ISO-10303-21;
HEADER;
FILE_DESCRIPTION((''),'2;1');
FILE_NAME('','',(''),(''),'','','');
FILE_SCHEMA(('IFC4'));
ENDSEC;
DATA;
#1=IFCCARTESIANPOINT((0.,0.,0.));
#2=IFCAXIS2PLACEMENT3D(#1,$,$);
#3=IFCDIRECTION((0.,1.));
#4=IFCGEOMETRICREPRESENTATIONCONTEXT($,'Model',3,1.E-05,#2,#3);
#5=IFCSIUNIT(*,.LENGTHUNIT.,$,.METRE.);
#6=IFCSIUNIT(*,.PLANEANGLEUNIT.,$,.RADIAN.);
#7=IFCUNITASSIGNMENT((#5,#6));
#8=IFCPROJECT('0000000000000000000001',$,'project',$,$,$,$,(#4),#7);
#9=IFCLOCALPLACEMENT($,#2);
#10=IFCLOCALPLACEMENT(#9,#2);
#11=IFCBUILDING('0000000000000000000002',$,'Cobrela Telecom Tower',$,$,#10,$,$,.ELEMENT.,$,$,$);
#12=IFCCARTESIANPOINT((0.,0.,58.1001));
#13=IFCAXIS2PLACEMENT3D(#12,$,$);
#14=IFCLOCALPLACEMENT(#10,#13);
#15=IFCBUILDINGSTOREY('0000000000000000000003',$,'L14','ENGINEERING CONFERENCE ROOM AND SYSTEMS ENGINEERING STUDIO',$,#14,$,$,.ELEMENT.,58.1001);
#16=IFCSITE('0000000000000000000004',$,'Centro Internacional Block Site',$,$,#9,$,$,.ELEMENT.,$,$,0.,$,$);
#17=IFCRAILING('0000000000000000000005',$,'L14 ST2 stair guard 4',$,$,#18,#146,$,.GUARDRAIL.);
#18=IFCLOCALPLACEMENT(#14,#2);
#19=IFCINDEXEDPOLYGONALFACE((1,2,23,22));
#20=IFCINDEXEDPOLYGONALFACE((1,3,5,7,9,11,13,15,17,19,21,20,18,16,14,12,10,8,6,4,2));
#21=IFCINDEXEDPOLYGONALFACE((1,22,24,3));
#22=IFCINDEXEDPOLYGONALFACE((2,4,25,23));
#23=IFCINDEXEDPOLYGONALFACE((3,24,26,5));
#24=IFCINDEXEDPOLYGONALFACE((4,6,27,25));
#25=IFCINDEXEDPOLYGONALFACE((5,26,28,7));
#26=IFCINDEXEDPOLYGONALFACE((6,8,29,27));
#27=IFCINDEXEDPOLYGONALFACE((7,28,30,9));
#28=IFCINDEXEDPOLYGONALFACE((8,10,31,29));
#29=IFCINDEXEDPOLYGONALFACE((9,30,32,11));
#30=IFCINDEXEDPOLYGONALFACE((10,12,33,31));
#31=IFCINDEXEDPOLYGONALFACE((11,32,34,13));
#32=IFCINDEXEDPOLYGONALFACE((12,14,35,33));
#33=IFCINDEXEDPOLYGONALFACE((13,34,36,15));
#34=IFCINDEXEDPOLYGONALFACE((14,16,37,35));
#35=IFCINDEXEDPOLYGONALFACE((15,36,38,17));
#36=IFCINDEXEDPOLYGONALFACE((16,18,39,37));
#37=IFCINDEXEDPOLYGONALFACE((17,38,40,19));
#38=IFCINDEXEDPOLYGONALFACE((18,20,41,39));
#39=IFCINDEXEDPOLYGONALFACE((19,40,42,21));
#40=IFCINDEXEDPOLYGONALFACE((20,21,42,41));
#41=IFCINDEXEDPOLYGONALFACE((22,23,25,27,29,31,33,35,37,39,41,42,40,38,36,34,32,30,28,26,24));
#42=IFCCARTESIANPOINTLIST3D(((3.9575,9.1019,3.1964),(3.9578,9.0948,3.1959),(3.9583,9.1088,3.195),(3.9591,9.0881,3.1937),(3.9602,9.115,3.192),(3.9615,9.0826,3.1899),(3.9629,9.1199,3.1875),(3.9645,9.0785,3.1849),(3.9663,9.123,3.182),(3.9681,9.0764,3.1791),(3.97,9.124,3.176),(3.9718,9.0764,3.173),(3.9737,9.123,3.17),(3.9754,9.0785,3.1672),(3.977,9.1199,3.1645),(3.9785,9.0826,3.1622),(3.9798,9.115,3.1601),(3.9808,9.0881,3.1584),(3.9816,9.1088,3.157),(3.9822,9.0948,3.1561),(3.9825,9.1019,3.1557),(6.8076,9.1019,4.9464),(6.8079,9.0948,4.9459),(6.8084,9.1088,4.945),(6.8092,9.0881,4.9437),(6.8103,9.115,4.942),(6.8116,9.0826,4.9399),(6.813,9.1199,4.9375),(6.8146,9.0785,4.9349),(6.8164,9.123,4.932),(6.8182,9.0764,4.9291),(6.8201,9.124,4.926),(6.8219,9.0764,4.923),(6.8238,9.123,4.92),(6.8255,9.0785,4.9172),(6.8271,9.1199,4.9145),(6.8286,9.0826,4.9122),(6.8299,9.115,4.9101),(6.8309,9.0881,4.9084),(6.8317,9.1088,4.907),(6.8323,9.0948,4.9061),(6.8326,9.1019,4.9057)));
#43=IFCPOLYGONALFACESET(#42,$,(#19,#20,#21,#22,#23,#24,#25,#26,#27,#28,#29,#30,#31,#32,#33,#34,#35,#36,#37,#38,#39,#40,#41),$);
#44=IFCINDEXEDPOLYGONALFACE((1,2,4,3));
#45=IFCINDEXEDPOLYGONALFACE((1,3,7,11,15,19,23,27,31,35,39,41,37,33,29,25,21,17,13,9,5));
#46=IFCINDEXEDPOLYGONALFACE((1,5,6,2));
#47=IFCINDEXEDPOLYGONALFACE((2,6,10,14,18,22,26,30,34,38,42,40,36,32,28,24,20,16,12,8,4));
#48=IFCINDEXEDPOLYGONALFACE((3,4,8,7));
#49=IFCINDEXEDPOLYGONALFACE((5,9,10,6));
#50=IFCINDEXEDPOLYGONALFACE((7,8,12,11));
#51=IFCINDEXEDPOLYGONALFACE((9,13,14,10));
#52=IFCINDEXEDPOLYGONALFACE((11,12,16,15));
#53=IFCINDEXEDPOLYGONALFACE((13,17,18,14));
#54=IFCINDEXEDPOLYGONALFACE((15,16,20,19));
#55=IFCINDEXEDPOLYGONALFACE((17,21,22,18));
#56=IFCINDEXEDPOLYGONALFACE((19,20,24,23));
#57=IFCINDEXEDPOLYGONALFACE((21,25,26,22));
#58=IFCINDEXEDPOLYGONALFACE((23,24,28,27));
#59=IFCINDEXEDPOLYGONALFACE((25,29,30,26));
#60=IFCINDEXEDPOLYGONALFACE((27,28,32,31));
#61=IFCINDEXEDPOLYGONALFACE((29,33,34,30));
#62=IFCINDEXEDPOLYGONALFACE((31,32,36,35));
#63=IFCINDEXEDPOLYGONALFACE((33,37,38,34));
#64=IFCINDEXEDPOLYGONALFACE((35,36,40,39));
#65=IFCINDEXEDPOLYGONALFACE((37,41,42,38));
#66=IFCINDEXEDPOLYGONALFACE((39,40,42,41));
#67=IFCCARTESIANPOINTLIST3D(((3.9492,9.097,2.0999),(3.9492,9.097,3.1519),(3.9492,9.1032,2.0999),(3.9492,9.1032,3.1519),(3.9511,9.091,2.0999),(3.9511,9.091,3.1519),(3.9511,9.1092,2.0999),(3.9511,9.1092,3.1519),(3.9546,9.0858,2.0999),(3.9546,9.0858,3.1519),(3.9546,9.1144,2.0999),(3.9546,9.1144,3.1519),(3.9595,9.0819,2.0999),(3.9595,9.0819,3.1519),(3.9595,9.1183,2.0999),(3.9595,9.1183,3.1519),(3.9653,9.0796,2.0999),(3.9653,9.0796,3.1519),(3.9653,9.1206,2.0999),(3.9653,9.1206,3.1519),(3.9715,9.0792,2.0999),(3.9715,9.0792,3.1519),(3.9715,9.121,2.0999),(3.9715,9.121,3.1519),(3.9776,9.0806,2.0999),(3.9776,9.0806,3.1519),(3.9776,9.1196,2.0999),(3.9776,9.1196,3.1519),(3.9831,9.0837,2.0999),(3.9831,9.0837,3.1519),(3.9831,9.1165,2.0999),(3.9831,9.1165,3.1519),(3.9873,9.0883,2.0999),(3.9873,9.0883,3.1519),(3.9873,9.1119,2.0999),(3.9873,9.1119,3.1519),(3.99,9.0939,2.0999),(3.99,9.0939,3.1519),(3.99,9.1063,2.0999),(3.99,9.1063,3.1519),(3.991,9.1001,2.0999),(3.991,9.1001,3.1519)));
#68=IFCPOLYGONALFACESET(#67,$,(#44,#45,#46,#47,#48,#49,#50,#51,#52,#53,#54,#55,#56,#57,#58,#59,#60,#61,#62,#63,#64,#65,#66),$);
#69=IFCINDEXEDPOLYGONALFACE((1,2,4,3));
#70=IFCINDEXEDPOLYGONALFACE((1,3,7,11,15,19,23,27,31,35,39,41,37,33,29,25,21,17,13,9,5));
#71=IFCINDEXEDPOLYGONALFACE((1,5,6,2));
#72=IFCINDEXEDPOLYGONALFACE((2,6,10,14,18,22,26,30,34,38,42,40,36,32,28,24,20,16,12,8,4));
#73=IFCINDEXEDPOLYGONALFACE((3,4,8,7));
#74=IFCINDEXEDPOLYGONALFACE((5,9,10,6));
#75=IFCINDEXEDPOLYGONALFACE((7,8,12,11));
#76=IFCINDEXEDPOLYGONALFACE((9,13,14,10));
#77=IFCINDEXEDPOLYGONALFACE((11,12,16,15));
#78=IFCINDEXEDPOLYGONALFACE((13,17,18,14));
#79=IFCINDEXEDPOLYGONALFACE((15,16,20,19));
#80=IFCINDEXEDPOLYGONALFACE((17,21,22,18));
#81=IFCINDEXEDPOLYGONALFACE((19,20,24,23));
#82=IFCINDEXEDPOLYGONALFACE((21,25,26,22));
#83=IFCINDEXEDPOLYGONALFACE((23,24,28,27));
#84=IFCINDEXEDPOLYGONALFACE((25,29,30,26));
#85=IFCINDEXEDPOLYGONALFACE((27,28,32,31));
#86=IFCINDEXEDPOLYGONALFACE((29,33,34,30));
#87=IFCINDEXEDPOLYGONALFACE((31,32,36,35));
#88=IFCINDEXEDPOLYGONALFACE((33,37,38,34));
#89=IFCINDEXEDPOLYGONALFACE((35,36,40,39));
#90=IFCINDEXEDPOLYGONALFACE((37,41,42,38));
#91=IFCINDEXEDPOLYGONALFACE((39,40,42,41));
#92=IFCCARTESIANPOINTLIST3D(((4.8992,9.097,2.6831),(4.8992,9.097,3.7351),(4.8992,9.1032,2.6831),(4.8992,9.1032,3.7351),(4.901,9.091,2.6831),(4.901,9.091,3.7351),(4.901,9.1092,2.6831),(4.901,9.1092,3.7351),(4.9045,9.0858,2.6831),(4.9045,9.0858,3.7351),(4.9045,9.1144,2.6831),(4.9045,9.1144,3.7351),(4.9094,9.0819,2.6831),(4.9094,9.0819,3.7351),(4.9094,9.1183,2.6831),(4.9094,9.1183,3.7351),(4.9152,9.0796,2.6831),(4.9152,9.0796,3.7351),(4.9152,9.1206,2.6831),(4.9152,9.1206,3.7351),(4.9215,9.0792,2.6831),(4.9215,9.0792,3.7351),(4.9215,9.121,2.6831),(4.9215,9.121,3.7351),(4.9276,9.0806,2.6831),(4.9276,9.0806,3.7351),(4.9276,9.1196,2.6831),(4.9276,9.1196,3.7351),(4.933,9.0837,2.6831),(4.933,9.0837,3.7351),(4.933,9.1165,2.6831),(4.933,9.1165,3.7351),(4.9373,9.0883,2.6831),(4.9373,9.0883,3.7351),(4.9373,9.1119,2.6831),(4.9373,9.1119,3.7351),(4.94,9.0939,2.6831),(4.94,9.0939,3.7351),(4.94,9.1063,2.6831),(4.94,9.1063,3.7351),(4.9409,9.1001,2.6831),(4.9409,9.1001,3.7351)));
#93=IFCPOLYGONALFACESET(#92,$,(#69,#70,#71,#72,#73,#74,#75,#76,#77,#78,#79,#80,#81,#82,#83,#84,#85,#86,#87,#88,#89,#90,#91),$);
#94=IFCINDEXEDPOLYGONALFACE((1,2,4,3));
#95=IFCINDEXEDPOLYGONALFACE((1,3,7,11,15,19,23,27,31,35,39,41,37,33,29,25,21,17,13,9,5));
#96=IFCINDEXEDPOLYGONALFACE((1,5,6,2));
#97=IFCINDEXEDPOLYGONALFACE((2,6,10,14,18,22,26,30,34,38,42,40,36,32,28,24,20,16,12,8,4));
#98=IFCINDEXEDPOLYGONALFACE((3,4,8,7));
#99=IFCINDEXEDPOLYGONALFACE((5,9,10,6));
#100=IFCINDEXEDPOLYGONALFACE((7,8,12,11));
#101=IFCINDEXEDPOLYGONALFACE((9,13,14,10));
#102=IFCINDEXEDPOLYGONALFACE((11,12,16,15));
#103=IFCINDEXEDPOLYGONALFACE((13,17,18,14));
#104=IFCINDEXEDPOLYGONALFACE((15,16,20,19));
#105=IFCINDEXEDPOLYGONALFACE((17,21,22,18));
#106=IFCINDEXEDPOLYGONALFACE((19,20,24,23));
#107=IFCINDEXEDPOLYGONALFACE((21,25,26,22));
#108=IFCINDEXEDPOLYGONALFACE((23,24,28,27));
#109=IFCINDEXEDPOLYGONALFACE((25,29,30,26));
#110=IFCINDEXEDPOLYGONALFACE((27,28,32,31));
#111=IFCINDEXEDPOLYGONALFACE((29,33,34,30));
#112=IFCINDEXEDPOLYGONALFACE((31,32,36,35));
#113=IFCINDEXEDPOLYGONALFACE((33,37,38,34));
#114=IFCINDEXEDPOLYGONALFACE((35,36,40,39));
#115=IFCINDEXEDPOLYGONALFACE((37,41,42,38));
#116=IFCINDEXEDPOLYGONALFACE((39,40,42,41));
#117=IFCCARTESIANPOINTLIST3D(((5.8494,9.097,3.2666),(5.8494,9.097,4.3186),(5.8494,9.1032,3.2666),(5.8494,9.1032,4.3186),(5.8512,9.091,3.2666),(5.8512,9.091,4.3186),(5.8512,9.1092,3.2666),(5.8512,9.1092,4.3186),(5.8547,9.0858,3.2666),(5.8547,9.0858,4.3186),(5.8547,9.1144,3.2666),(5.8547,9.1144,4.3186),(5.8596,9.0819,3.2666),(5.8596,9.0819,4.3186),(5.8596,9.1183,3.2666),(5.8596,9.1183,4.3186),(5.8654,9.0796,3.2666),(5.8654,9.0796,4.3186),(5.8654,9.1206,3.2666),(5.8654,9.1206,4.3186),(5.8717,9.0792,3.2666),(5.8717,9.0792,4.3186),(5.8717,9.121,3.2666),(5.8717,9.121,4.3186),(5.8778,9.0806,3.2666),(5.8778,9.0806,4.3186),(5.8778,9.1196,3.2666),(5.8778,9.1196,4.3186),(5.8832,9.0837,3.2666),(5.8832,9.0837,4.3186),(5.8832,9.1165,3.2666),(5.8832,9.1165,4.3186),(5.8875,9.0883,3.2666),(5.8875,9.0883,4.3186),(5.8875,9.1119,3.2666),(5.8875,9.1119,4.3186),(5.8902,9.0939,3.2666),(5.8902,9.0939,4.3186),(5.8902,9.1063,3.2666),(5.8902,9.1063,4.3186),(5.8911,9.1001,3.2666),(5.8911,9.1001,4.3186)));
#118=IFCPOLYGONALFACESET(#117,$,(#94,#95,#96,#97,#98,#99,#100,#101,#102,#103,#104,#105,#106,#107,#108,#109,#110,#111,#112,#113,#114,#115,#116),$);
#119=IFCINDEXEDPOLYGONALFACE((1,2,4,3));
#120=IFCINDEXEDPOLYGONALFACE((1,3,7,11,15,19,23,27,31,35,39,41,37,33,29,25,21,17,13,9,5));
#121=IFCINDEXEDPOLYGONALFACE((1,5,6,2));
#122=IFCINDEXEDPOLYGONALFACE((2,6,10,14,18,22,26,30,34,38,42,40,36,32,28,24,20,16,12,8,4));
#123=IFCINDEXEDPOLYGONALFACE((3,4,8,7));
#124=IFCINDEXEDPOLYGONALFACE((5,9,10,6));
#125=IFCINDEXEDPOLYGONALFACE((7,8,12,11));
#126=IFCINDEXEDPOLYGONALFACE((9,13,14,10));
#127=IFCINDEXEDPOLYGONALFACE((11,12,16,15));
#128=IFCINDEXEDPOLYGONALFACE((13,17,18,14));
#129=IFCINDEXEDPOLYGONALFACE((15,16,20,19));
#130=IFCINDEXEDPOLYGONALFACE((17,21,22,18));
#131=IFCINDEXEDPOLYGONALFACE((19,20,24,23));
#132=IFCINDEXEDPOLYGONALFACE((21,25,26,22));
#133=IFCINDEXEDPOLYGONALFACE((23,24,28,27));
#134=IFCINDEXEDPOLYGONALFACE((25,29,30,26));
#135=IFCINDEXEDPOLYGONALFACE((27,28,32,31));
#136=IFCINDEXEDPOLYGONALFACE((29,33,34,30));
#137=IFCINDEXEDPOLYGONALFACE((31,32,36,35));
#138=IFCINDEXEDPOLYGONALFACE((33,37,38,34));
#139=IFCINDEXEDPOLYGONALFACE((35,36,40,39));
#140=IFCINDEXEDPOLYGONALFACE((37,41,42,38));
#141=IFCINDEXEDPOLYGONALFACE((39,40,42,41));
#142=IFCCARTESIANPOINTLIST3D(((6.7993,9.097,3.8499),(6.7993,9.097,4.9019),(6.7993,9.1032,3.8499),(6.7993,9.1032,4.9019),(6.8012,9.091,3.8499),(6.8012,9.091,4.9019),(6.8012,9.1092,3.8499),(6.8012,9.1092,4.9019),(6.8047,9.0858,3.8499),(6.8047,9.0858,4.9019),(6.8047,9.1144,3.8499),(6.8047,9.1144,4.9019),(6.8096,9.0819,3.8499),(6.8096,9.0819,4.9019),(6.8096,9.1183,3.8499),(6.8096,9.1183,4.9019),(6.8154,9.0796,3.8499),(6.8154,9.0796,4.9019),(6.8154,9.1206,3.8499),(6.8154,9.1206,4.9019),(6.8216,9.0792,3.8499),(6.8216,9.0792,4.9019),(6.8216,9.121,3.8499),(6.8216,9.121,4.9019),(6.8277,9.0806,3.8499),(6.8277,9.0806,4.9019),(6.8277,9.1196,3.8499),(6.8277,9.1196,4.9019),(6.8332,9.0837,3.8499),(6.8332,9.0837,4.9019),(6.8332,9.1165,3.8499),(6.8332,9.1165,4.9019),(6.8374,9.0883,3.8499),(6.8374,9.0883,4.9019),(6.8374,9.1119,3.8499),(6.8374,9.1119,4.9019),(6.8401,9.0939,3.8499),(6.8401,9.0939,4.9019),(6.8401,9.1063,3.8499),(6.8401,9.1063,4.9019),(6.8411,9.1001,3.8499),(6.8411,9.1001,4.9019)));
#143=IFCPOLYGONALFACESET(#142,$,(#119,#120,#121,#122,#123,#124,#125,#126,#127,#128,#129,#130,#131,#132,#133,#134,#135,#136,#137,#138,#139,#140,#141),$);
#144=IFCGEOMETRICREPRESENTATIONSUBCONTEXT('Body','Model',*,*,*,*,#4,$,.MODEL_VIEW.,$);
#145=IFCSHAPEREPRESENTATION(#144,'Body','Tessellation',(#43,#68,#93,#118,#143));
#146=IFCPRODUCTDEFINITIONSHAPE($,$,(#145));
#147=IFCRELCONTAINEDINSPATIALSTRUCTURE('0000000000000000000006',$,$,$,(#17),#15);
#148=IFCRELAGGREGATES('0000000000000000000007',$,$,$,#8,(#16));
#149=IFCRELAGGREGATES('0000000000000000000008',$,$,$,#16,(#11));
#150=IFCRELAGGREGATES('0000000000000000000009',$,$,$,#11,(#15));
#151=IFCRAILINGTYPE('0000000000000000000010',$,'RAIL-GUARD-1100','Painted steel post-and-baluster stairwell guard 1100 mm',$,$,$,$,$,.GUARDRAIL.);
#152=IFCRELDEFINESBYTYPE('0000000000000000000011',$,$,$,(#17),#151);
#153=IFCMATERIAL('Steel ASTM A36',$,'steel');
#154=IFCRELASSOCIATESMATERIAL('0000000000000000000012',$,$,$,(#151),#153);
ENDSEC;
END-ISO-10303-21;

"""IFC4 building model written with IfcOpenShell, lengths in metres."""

from ifc_helpers import new_model, si_unit, direction, frame, origin, origin_2d, place, context, subcontext, project, spatial, circle, extrude, material, type_object, element, save


model = new_model("IFC4")

# Units and contexts
model_context = context("Model", 3, precision=1e-05, world=origin(), true_north=direction((0.0, 1.0)))
body_context = subcontext(model_context, "Body", "Model", "MODEL_VIEW")
ifc_project = project(units=[si_unit("LENGTHUNIT", "METRE"), si_unit("PLANEANGLEUNIT", "RADIAN")], contexts=[model_context])

# Site, building, storey
site_placement = place(None, origin())
site = spatial("IfcSite", under=ifc_project, at=site_placement, Name="Centro Internacional Block Site", CompositionType="ELEMENT", RefElevation=0.0)
building_placement = place(site_placement, origin())
building = spatial("IfcBuilding", under=site, at=building_placement, Name="Cobrela Telecom Tower", CompositionType="ELEMENT")
storey_placement = place(building_placement, frame((0.0, 0.0, 58.1001)))
storey = spatial("IfcBuildingStorey", under=building, at=storey_placement, Name="L14", Description="ENGINEERING CONFERENCE ROOM AND SYSTEMS ENGINEERING STUDIO", CompositionType="ELEMENT", Elevation=58.1001)

# Railing
ifc_material_1 = material(Name="Steel ASTM A36", Category="steel")
railing_type_1 = type_object("IfcRailingType", Name="RAIL-GUARD-1100", Description="Painted steel post-and-baluster stairwell guard 1100 mm", PredefinedType="GUARDRAIL", material=ifc_material_1)
railing_1_placement = place(storey_placement, frame((3.97, 9.1001, 2.0999)))
element("IfcRailing", 1, at=railing_1_placement, inside=storey, type_object=railing_type_1, Name="L14 ST2 stair guard 4", PredefinedType="GUARDRAIL", context=body_context, shape_type="SweptSolid", body=[
    extrude(circle(Radius=0.0239, at=origin_2d()), frame((0.0, 0.0, 1.0762), z_axis=(0.852179, 0.0, 0.52325), x_axis=(0.0, 1.0, 0.0)), (0.0, 0.0, 1.0), 3.3445),
    extrude(circle(Radius=0.021, at=origin_2d()), origin(), (0.0, 0.0, 1.0), 1.052),
    extrude(circle(Radius=0.021, at=origin_2d()), frame((0.95, 0.0, 0.5833)), (0.0, 0.0, 1.0), 1.052),
    extrude(circle(Radius=0.021, at=origin_2d()), frame((1.9001, 0.0, 1.1667)), (0.0, 0.0, 1.0), 1.052),
    extrude(circle(Radius=0.021, at=origin_2d()), frame((2.8501, 0.0, 1.75)), (0.0, 0.0, 1.0), 1.052),
])

save(model, "model.ifc")
